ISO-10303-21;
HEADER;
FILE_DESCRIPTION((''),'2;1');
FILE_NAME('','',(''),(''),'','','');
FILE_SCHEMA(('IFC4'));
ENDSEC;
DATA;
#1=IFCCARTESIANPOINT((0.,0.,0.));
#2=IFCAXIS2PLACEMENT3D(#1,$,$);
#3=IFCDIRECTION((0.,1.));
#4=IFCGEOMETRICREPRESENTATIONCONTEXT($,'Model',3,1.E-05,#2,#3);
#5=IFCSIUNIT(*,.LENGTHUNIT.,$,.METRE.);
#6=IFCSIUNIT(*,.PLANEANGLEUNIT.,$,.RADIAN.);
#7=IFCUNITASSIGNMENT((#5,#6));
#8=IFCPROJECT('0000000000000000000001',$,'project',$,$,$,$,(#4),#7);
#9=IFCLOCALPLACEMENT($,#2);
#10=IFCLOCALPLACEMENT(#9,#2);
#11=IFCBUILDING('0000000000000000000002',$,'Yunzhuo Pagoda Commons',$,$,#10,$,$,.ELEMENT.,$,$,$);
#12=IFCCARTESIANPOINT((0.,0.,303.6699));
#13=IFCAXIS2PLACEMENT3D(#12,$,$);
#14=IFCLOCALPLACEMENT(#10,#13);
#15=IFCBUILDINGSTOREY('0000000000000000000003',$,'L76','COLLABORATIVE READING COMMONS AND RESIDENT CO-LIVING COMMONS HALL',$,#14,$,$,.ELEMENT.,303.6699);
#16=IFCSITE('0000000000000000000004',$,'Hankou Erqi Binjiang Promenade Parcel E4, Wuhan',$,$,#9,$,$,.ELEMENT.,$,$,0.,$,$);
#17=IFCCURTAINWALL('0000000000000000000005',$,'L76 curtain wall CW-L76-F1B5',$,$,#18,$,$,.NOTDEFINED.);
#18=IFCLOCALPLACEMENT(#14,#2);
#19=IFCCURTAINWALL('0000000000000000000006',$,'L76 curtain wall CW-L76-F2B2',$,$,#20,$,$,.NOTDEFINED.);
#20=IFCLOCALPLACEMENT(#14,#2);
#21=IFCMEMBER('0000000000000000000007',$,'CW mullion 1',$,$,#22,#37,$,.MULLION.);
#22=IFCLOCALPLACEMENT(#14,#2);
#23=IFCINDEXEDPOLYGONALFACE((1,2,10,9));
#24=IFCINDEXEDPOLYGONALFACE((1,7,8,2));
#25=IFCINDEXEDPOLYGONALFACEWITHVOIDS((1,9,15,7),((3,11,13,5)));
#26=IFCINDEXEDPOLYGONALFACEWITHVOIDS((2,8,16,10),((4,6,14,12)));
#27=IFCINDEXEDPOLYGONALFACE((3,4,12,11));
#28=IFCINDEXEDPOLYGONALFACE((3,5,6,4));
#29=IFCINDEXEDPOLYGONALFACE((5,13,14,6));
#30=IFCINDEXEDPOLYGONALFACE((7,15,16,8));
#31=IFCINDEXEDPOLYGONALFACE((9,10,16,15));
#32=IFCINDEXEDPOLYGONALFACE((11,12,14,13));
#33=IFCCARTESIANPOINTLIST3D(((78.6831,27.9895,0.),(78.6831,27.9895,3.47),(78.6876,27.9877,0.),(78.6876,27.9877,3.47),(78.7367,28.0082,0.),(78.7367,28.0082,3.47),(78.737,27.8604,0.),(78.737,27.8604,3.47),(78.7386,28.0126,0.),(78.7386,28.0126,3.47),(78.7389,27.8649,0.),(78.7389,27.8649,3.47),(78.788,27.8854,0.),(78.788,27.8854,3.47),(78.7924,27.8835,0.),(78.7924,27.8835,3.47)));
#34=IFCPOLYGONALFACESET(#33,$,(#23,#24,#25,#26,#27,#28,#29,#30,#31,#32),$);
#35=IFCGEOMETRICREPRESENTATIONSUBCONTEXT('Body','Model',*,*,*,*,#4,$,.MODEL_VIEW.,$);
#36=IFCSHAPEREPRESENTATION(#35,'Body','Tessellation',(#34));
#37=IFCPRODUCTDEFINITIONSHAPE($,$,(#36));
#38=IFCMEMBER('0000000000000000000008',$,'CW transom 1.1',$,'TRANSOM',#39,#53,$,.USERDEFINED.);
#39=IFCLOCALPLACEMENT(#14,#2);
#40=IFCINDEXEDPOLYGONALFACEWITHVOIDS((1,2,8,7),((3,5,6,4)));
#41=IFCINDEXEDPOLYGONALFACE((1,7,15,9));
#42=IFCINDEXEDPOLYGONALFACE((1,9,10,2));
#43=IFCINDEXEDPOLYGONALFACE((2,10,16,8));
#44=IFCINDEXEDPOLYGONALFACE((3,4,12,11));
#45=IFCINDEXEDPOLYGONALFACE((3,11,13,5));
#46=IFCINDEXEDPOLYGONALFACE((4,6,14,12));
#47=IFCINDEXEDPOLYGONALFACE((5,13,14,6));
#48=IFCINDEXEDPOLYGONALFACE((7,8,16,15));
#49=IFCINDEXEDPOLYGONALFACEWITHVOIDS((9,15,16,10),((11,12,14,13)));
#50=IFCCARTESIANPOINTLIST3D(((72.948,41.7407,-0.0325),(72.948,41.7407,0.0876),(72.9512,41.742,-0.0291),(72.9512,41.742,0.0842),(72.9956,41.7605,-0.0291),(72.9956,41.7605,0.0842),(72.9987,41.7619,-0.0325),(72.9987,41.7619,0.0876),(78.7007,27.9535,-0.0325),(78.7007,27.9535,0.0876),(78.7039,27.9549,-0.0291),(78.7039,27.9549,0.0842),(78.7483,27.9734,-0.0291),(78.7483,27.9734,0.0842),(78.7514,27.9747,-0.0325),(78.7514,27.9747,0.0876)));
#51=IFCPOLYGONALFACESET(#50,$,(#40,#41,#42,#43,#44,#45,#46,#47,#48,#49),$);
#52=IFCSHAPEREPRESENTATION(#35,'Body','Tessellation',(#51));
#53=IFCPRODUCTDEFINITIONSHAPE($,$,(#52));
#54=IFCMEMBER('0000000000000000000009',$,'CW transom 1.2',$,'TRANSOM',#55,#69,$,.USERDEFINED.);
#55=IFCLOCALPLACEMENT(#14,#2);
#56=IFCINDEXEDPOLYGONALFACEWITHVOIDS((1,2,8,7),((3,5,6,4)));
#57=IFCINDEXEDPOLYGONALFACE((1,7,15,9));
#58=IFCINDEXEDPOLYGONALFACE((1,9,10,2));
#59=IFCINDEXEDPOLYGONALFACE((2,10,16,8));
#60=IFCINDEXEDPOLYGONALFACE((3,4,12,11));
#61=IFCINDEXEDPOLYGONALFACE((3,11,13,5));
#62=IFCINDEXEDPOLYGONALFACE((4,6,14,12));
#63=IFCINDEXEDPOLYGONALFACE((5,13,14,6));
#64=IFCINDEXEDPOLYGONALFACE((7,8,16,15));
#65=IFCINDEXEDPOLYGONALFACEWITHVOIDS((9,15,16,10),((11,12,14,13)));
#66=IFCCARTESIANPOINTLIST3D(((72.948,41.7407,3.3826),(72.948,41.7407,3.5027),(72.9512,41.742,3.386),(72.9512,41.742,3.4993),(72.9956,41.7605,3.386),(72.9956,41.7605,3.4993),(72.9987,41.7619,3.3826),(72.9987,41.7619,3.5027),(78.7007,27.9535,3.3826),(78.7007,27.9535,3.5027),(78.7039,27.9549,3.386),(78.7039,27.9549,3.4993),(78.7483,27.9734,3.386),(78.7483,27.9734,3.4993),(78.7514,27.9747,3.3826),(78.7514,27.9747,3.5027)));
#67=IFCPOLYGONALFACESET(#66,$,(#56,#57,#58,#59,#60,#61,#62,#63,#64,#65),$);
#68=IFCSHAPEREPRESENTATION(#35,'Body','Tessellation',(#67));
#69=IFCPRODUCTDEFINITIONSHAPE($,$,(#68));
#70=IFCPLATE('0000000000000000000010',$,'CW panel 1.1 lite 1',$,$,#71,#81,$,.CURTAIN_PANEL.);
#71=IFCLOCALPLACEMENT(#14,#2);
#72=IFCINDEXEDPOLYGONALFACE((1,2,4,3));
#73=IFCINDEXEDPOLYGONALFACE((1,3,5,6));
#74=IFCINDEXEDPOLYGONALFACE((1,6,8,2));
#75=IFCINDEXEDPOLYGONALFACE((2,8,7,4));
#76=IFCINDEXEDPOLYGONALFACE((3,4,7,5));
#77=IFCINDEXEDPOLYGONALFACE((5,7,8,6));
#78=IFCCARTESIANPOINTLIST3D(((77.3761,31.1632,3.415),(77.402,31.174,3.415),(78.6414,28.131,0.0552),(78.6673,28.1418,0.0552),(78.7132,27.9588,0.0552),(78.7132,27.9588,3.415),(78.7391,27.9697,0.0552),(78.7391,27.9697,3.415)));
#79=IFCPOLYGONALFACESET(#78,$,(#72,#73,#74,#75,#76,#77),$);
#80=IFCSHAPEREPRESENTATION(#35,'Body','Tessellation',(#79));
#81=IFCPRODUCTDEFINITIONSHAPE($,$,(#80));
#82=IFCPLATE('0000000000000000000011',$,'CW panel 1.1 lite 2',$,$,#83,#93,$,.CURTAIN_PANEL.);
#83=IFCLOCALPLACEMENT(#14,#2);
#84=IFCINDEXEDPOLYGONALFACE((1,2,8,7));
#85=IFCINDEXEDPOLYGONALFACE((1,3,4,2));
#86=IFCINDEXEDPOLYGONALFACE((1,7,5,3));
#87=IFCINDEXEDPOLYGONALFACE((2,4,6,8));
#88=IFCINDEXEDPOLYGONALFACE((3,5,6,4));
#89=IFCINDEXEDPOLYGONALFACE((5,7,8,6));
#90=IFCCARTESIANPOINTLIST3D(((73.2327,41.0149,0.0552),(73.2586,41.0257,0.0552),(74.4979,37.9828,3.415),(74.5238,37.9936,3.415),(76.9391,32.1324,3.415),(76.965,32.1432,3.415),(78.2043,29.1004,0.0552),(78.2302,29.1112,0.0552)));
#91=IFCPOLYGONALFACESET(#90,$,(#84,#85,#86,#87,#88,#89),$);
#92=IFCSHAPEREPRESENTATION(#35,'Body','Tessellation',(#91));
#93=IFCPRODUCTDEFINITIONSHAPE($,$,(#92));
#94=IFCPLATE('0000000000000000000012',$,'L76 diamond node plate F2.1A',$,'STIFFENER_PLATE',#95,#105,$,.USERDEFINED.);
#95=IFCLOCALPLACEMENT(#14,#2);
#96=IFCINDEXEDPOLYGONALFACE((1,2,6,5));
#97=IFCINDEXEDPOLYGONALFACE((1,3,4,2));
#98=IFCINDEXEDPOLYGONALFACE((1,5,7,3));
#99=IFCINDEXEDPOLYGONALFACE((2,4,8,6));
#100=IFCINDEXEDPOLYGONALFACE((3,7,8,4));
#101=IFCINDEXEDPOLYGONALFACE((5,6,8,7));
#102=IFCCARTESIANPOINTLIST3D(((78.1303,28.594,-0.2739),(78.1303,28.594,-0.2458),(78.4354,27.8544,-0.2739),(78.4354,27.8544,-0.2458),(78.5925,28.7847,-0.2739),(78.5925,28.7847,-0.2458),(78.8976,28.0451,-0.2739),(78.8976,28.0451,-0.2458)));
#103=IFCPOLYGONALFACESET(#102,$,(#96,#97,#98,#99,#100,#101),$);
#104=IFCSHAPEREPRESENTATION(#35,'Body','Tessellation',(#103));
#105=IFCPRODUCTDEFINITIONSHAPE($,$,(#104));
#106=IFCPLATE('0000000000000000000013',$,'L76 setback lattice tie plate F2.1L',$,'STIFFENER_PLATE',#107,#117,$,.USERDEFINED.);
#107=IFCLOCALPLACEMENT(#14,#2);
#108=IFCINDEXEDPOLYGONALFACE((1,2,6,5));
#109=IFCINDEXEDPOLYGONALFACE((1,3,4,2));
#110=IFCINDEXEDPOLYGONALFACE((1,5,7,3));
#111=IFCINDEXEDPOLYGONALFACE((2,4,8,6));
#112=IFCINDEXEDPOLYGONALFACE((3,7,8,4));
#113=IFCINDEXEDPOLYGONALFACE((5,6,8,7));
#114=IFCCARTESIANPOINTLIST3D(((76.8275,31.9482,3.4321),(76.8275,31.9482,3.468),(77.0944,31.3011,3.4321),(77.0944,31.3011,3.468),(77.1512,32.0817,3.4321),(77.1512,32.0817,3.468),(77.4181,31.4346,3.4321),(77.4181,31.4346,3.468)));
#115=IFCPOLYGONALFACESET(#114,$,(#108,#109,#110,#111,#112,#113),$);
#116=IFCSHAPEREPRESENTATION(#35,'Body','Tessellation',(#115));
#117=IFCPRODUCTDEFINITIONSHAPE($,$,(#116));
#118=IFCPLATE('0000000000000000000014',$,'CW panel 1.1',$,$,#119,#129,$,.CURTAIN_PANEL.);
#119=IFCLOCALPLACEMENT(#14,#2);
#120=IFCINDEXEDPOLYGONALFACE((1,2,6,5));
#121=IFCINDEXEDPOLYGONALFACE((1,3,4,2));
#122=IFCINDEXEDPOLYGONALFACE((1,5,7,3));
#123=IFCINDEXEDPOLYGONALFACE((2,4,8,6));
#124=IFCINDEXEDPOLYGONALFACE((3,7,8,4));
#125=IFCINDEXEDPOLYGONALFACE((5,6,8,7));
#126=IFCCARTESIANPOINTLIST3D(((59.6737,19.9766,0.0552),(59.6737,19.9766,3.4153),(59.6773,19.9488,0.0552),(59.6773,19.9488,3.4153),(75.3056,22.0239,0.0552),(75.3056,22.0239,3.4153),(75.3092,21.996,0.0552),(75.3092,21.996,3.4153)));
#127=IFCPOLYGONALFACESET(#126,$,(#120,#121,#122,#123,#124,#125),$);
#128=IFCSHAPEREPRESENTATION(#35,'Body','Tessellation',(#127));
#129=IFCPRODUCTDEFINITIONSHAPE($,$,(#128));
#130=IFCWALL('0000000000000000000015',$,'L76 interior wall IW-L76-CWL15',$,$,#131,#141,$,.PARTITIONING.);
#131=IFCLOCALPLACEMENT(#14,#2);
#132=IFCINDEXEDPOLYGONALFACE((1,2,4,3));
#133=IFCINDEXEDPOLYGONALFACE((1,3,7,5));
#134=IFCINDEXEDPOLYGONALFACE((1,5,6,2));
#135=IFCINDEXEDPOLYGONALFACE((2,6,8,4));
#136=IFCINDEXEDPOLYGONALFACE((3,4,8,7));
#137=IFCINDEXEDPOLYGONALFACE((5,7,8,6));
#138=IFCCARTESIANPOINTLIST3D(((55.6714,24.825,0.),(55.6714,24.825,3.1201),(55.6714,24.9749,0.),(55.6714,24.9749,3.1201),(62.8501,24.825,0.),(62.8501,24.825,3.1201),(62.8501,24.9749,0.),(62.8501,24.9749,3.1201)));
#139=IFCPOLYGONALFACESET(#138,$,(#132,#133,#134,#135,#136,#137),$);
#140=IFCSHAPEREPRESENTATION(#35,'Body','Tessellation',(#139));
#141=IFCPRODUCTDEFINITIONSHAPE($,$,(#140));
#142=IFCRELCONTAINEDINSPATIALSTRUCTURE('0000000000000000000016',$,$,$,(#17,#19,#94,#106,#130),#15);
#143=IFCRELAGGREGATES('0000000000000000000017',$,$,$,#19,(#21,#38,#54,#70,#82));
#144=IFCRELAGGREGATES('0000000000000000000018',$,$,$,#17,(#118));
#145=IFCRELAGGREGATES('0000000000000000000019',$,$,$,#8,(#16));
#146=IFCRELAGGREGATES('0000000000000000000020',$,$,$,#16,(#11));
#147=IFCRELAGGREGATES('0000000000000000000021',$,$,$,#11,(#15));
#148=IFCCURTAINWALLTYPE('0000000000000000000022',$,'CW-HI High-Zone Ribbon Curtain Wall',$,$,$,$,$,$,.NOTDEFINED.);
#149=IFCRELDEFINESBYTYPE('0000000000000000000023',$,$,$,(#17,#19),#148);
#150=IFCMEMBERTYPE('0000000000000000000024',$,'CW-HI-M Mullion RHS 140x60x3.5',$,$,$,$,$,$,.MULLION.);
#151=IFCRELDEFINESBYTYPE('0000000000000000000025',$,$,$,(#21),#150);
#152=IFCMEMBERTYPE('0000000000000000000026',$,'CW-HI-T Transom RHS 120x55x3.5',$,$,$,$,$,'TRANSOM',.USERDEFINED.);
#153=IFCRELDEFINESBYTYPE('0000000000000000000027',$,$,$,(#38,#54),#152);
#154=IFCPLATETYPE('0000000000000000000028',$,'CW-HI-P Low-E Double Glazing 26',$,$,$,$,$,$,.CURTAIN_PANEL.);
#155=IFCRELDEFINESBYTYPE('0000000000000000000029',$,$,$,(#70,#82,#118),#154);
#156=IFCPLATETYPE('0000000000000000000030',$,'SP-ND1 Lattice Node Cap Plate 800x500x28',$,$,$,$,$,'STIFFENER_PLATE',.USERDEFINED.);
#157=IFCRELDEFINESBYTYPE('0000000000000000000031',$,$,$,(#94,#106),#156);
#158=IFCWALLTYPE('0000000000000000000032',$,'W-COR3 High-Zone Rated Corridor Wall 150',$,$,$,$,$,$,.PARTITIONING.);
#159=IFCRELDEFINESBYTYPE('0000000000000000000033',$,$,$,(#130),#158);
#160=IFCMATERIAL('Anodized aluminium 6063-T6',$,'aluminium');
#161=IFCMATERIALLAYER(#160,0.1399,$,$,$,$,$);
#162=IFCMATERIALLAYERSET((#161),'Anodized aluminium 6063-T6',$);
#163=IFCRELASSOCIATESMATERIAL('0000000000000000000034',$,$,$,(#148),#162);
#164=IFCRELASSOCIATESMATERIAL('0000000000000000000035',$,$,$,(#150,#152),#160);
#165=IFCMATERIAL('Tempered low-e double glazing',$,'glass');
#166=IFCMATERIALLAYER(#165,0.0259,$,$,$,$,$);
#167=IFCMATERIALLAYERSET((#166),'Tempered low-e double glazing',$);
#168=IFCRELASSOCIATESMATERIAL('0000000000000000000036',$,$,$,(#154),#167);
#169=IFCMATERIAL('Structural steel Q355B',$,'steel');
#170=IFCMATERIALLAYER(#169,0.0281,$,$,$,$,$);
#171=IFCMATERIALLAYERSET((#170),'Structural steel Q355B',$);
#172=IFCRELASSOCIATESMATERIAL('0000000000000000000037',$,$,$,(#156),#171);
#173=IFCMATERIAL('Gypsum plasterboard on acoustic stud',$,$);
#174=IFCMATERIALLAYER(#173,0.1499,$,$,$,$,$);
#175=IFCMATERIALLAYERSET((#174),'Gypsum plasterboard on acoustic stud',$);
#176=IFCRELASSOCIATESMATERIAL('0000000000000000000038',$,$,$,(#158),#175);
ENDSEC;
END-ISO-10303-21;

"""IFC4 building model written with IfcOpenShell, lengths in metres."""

from ifc_helpers import new_model, si_unit, direction, frame, frame_2d, origin, origin_2d, place, context, subcontext, project, spatial, polyline, rectangle, hollow_rectangle, outline, extrude, source, transform, mapped, material, layer, layer_set, material_profile, profile_set, type_object, element, aggregate, save


model = new_model("IFC4")

# Units and contexts
model_context = context("Model", 3, precision=1e-05, world=origin(), true_north=direction((0.0, 1.0)))
body_context = subcontext(model_context, "Body", "Model", "MODEL_VIEW")
ifc_project = project(units=[si_unit("LENGTHUNIT", "METRE"), si_unit("PLANEANGLEUNIT", "RADIAN")], contexts=[model_context])

# Site, building, storey
site_placement = place(None, origin())
site = spatial("IfcSite", under=ifc_project, at=site_placement, Name="Hankou Erqi Binjiang Promenade Parcel E4, Wuhan", CompositionType="ELEMENT", RefElevation=0.0)
building_placement = place(site_placement, origin())
building = spatial("IfcBuilding", under=site, at=building_placement, Name="Yunzhuo Pagoda Commons", CompositionType="ELEMENT")
storey_placement = place(building_placement, frame((0.0, 0.0, 303.6699)))
storey = spatial("IfcBuildingStorey", under=building, at=storey_placement, Name="L76", Description="COLLABORATIVE READING COMMONS AND RESIDENT CO-LIVING COMMONS HALL", CompositionType="ELEMENT", Elevation=303.6699)

# Shared definitions
ifc_material_1 = material(Name="Structural steel Q355B", Category="steel")

# Curtain wall
ifc_material_2 = material(Name="Anodized aluminium 6063-T6", Category="aluminium")
ifc_layer_1 = layer(ifc_material_2, 0.1399)
ifc_layer_set_1 = layer_set([ifc_layer_1], Name="Anodized aluminium 6063-T6")
curtain_wall_type = type_object("IfcCurtainWallType", Name="CW-HI High-Zone Ribbon Curtain Wall", PredefinedType="NOTDEFINED", material=ifc_layer_set_1)
curtain_wall_1_placement = place(storey_placement, origin())
curtain_wall_1 = element("IfcCurtainWall", 1, at=curtain_wall_1_placement, inside=storey, type_object=curtain_wall_type, Name="L76 curtain wall CW-L76-F1B5", PredefinedType="NOTDEFINED")
ifc_material_profile_1 = material_profile(ifc_material_2, hollow_rectangle(XDim=0.0601, YDim=0.1399, WallThickness=0.0034, at=origin_2d()), Name="Anodized aluminium 6063-T6")
ifc_profile_set_1 = profile_set([ifc_material_profile_1], Name="Anodized aluminium 6063-T6")
member_type_1 = type_object("IfcMemberType", Name="CW-HI-M Mullion RHS 140x60x3.5", PredefinedType="MULLION", material=ifc_profile_set_1)
shared_shape_1 = source(origin(), body_context, "Body", "SweptSolid", [
    extrude(hollow_rectangle(XDim=0.0601, YDim=0.1399, WallThickness=0.0034, at=origin_2d()), origin(), (0.0, 0.0, 1.0), 3.47),
])

# Curtain wall, members, plates
curtain_wall_2_placement = place(storey_placement, origin())
curtain_wall_2 = element("IfcCurtainWall", 2, at=curtain_wall_2_placement, inside=storey, type_object=curtain_wall_type, Name="L76 curtain wall CW-L76-F2B2", PredefinedType="NOTDEFINED")
member_1_placement = place(storey_placement, frame((78.7378, 27.9365, 0.0), z_axis=(0.0, 0.0, 1.0), x_axis=(-0.922876, -0.385097, 0.0)))
member_1 = element("IfcMember", 3, at=member_1_placement, type_object=member_type_1, Name="CW mullion 1", PredefinedType="MULLION", context=body_context, shape_type="MappedRepresentation", body=[
    mapped(shared_shape_1, transform((0.0, 0.0, 0.0), scale=1.0)),
])
ifc_material_profile_2 = material_profile(ifc_material_2, hollow_rectangle(XDim=0.0549, YDim=0.1201, WallThickness=0.0034, at=origin_2d()), Name="Anodized aluminium 6063-T6")
ifc_profile_set_2 = profile_set([ifc_material_profile_2], Name="Anodized aluminium 6063-T6")
member_type_2 = type_object("IfcMemberType", Name="CW-HI-T Transom RHS 120x55x3.5", ElementType="TRANSOM", PredefinedType="USERDEFINED", material=ifc_profile_set_2)
shared_shape_2 = source(origin(), body_context, "Body", "SweptSolid", [
    extrude(hollow_rectangle(XDim=0.0549, YDim=0.1201, WallThickness=0.0034, at=origin_2d()), origin(), (0.0, 0.0, 1.0), 14.9392),
])
member_2_placement = place(storey_placement, frame((78.7261, 27.9641, 0.0276), z_axis=(-0.385075, 0.922885, 0.0), x_axis=(-0.922885, -0.385075, 0.0)))
member_2 = element("IfcMember", 4, at=member_2_placement, type_object=member_type_2, Name="CW transom 1.1", ObjectType="TRANSOM", PredefinedType="USERDEFINED", context=body_context, shape_type="MappedRepresentation", body=[
    mapped(shared_shape_2, transform((0.0, 0.0, 0.0), scale=1.0)),
])
member_3_placement = place(storey_placement, frame((78.7261, 27.9641, 3.4426), z_axis=(-0.385075, 0.922885, 0.0), x_axis=(-0.922885, -0.385075, 0.0)))
member_3 = element("IfcMember", 5, at=member_3_placement, type_object=member_type_2, Name="CW transom 1.2", ObjectType="TRANSOM", PredefinedType="USERDEFINED", context=body_context, shape_type="MappedRepresentation", body=[
    mapped(shared_shape_2, transform((0.0, 0.0, 0.0), scale=1.0)),
])
ifc_material_3 = material(Name="Tempered low-e double glazing", Category="glass")
ifc_layer_2 = layer(ifc_material_3, 0.0259)
ifc_layer_set_2 = layer_set([ifc_layer_2], Name="Tempered low-e double glazing")
plate_type_1 = type_object("IfcPlateType", Name="CW-HI-P Low-E Double Glazing 26", PredefinedType="CURTAIN_PANEL", material=ifc_layer_set_2)
plate_1_placement = place(storey_placement, frame((78.0447, 29.561, 1.7351), z_axis=(0.922876, 0.385097, 0.0), x_axis=(-0.385097, 0.922876, 0.0)))
plate_1 = element("IfcPlate", 6, at=plate_1_placement, type_object=plate_type_1, Name="CW panel 1.1 lite 1", PredefinedType="CURTAIN_PANEL", context=body_context, shape_type="SweptSolid", body=[
    extrude(outline(polyline([(-1.7361, -1.6799), (-1.5496, -1.6799), (1.7361, 1.6799), (-1.7361, 1.6799), (-1.7361, -1.6799)])), origin(), (0.0, 0.0, 1.0), 0.0281),
])
plate_2_placement = place(storey_placement, frame((75.7185, 35.0576, 1.7351), z_axis=(0.922876, 0.385097, 0.0), x_axis=(-0.385097, 0.922876, 0.0)))
plate_2 = element("IfcPlate", 7, at=plate_2_placement, type_object=plate_type_1, Name="CW panel 1.1 lite 2", PredefinedType="CURTAIN_PANEL", context=body_context, shape_type="SweptSolid", body=[
    extrude(outline(polyline([(-6.4551, -1.6799), (6.4551, -1.6799), (3.1697, 1.6799), (-3.1697, 1.6799), (-6.4551, -1.6799)])), origin(), (0.0, 0.0, 1.0), 0.0281),
])
aggregate(curtain_wall_2, [member_1, member_2, member_3, plate_1, plate_2])

# Plates
ifc_layer_3 = layer(ifc_material_1, 0.0281)
ifc_layer_set_3 = layer_set([ifc_layer_3], Name="Structural steel Q355B")
plate_type_2 = type_object("IfcPlateType", Name="SP-ND1 Lattice Node Cap Plate 800x500x28", ElementType="STIFFENER_PLATE", PredefinedType="USERDEFINED", material=ifc_layer_set_3)
shared_shape_3 = source(origin(), body_context, "Body", "SweptSolid", [
    extrude(rectangle(XDim=0.8, YDim=0.5, at=origin_2d()), origin(), (0.0, 0.0, 1.0), 0.0281),
])
plate_3_placement = place(storey_placement, frame((78.5139, 28.3196, -0.2739), z_axis=(0.0, 0.0, 1.0), x_axis=(-0.381345, 0.924433, 0.0)))
element("IfcPlate", 8, at=plate_3_placement, inside=storey, type_object=plate_type_2, Name="L76 diamond node plate F2.1A", ObjectType="STIFFENER_PLATE", PredefinedType="USERDEFINED", context=body_context, shape_type="MappedRepresentation", body=[
    mapped(shared_shape_3, transform((0.0, 0.0, 0.0), scale=1.0)),
])
shared_shape_4 = source(origin(), body_context, "Body", "SweptSolid", [
    extrude(rectangle(XDim=0.7, YDim=0.3501, at=origin_2d()), origin(), (0.0, 0.0, 1.0), 0.0359),
])
plate_4_placement = place(storey_placement, frame((77.1228, 31.6914, 3.4321), z_axis=(0.0, 0.0, 1.0), x_axis=(-0.381345, 0.924433, 0.0)))
element("IfcPlate", 9, at=plate_4_placement, inside=storey, type_object=plate_type_2, Name="L76 setback lattice tie plate F2.1L", ObjectType="STIFFENER_PLATE", PredefinedType="USERDEFINED", context=body_context, shape_type="MappedRepresentation", body=[
    mapped(shared_shape_4, transform((0.0, 0.0, 0.0), scale=1.0)),
])

# Plate
shared_shape_5 = source(origin(), body_context, "Body", "SweptSolid", [
    extrude(rectangle(XDim=15.7654, YDim=0.0281, at=origin_2d()), origin(), (0.0, 0.0, 1.0), 3.3601),
])
plate_5_placement = place(storey_placement, frame((67.4915, 20.9863, 0.0552), z_axis=(0.0, 0.0, 1.0), x_axis=(0.991533, 0.129855, 0.0)))
plate_5 = element("IfcPlate", 10, at=plate_5_placement, type_object=plate_type_1, Name="CW panel 1.1", PredefinedType="CURTAIN_PANEL", context=body_context, shape_type="MappedRepresentation", body=[
    mapped(shared_shape_5, transform((0.0, 0.0, 0.0), scale=1.0)),
])
aggregate(curtain_wall_1, [plate_5])

# Wall
ifc_material_4 = material(Name="Gypsum plasterboard on acoustic stud")
ifc_layer_4 = layer(ifc_material_4, 0.1499)
ifc_layer_set_4 = layer_set([ifc_layer_4], Name="Gypsum plasterboard on acoustic stud")
wall_type_1 = type_object("IfcWallType", Name="W-COR3 High-Zone Rated Corridor Wall 150", PredefinedType="PARTITIONING", material=ifc_layer_set_4)
wall_1_placement = place(storey_placement, frame((62.8501, 24.8999, 0.0), z_axis=(0.0, 0.0, 1.0), x_axis=(-1.0, 0.0, 0.0)))
element("IfcWall", 11, at=wall_1_placement, inside=storey, type_object=wall_type_1, Name="L76 interior wall IW-L76-CWL15", PredefinedType="PARTITIONING", context=body_context, shape_type="SweptSolid", body=[
    extrude(rectangle(XDim=7.1787, YDim=0.1499, at=frame_2d((3.5894, 0.0))), origin(), (0.0, 0.0, 1.0), 3.1201),
])

save(model, "model.ifc")
